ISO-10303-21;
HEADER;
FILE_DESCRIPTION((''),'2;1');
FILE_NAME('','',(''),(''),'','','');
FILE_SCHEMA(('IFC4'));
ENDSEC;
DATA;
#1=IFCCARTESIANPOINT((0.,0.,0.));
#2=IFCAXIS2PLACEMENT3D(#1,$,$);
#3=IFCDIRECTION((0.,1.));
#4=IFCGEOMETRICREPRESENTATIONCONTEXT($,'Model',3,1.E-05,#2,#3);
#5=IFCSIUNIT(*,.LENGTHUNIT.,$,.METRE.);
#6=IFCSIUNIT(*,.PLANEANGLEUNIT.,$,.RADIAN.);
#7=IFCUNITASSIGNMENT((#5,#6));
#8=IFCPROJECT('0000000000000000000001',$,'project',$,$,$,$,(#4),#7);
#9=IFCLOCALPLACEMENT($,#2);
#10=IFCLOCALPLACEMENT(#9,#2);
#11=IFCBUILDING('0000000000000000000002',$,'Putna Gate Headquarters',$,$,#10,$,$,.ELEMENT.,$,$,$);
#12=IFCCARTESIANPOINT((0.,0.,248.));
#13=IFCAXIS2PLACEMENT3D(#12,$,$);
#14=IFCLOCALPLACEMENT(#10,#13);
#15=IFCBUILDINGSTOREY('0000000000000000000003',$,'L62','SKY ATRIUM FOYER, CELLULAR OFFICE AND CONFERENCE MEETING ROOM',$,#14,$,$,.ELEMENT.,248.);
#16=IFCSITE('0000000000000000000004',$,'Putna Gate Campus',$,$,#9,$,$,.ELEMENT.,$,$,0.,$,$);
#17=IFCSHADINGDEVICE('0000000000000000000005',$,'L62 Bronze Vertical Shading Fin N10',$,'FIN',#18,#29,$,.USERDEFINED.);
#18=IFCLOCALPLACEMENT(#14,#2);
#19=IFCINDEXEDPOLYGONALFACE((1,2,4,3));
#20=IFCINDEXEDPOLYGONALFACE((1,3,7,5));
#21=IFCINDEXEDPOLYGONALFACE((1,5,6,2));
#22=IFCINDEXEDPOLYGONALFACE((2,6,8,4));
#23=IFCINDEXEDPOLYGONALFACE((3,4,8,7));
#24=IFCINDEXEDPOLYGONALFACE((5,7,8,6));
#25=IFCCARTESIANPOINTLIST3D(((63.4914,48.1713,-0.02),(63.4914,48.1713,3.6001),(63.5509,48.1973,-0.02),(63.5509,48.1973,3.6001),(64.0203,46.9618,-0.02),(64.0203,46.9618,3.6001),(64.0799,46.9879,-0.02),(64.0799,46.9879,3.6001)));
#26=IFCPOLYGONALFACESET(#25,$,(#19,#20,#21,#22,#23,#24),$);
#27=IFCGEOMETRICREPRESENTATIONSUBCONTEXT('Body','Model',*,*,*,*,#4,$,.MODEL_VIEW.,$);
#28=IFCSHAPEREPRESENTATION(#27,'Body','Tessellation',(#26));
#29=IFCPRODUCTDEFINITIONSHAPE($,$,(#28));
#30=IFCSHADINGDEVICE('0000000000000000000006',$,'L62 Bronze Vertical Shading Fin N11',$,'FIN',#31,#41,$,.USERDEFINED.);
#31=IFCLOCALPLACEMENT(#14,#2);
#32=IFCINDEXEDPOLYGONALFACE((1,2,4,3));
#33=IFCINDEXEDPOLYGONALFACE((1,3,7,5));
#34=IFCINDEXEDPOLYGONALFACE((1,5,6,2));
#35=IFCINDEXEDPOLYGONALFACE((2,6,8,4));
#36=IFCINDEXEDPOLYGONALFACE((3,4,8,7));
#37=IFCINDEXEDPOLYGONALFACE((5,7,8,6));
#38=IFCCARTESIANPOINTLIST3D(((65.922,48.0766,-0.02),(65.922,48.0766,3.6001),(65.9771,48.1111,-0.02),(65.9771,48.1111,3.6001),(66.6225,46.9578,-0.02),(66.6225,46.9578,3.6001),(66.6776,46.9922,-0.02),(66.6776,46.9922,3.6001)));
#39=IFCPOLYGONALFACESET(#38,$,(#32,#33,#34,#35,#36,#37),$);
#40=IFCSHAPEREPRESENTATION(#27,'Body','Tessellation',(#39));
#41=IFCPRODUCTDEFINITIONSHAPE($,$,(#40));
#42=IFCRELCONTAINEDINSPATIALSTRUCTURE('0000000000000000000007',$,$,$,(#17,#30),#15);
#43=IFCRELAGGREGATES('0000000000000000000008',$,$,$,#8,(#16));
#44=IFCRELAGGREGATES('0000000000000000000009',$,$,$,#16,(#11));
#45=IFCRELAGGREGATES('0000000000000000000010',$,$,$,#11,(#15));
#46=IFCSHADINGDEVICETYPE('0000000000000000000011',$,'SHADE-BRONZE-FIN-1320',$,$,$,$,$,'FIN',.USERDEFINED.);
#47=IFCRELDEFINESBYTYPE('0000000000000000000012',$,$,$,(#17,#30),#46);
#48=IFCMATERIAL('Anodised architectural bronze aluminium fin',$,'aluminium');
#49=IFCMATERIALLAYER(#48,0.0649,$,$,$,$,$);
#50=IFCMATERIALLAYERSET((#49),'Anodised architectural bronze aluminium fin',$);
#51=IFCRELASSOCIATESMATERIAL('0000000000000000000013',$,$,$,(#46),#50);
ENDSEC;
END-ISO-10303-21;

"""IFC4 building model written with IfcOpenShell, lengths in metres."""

from ifc_helpers import new_model, si_unit, direction, frame, origin, origin_2d, place, context, subcontext, project, spatial, rectangle, extrude, material, layer, layer_set, type_object, element, save


model = new_model("IFC4")

# Units and contexts
model_context = context("Model", 3, precision=1e-05, world=origin(), true_north=direction((0.0, 1.0)))
body_context = subcontext(model_context, "Body", "Model", "MODEL_VIEW")
ifc_project = project(units=[si_unit("LENGTHUNIT", "METRE"), si_unit("PLANEANGLEUNIT", "RADIAN")], contexts=[model_context])

# Site, building, storey
site_placement = place(None, origin())
site = spatial("IfcSite", under=ifc_project, at=site_placement, Name="Putna Gate Campus", CompositionType="ELEMENT", RefElevation=0.0)
building_placement = place(site_placement, origin())
building = spatial("IfcBuilding", under=site, at=building_placement, Name="Putna Gate Headquarters", CompositionType="ELEMENT")
storey_placement = place(building_placement, frame((0.0, 0.0, 248.0)))
storey = spatial("IfcBuildingStorey", under=building, at=storey_placement, Name="L62", Description="SKY ATRIUM FOYER, CELLULAR OFFICE AND CONFERENCE MEETING ROOM", CompositionType="ELEMENT", Elevation=248.0)

# Shading devices
ifc_material_1 = material(Name="Anodised architectural bronze aluminium fin", Category="aluminium")
ifc_layer_1 = layer(ifc_material_1, 0.0649)
ifc_layer_set_1 = layer_set([ifc_layer_1], Name="Anodised architectural bronze aluminium fin")
shading_device_type = type_object("IfcShadingDeviceType", Name="SHADE-BRONZE-FIN-1320", ElementType="FIN", PredefinedType="USERDEFINED", material=ifc_layer_set_1)
for number, where, z_axis, x_axis, name in (
    (1, (63.7856, 47.5796, -0.02), (0.0, 0.0, 1.0), (-0.400669, 0.916223, 0.0), "L62 Bronze Vertical Shading Fin N10"),
    (2, (66.2998, 47.5344, -0.02), (0.0, 0.0, 1.0), (-0.530659, 0.847585, 0.0), "L62 Bronze Vertical Shading Fin N11"),
):
    element("IfcShadingDevice", number, at=place(storey_placement, frame(where, z_axis=z_axis, x_axis=x_axis)), inside=storey, type_object=shading_device_type, Name=name, ObjectType="FIN", PredefinedType="USERDEFINED", context=body_context, shape_type="SweptSolid", body=[
        extrude(rectangle(XDim=1.3201, YDim=0.0649, at=origin_2d()), origin(), (0.0, 0.0, 1.0), 3.6201),
    ])

save(model, "model.ifc")
